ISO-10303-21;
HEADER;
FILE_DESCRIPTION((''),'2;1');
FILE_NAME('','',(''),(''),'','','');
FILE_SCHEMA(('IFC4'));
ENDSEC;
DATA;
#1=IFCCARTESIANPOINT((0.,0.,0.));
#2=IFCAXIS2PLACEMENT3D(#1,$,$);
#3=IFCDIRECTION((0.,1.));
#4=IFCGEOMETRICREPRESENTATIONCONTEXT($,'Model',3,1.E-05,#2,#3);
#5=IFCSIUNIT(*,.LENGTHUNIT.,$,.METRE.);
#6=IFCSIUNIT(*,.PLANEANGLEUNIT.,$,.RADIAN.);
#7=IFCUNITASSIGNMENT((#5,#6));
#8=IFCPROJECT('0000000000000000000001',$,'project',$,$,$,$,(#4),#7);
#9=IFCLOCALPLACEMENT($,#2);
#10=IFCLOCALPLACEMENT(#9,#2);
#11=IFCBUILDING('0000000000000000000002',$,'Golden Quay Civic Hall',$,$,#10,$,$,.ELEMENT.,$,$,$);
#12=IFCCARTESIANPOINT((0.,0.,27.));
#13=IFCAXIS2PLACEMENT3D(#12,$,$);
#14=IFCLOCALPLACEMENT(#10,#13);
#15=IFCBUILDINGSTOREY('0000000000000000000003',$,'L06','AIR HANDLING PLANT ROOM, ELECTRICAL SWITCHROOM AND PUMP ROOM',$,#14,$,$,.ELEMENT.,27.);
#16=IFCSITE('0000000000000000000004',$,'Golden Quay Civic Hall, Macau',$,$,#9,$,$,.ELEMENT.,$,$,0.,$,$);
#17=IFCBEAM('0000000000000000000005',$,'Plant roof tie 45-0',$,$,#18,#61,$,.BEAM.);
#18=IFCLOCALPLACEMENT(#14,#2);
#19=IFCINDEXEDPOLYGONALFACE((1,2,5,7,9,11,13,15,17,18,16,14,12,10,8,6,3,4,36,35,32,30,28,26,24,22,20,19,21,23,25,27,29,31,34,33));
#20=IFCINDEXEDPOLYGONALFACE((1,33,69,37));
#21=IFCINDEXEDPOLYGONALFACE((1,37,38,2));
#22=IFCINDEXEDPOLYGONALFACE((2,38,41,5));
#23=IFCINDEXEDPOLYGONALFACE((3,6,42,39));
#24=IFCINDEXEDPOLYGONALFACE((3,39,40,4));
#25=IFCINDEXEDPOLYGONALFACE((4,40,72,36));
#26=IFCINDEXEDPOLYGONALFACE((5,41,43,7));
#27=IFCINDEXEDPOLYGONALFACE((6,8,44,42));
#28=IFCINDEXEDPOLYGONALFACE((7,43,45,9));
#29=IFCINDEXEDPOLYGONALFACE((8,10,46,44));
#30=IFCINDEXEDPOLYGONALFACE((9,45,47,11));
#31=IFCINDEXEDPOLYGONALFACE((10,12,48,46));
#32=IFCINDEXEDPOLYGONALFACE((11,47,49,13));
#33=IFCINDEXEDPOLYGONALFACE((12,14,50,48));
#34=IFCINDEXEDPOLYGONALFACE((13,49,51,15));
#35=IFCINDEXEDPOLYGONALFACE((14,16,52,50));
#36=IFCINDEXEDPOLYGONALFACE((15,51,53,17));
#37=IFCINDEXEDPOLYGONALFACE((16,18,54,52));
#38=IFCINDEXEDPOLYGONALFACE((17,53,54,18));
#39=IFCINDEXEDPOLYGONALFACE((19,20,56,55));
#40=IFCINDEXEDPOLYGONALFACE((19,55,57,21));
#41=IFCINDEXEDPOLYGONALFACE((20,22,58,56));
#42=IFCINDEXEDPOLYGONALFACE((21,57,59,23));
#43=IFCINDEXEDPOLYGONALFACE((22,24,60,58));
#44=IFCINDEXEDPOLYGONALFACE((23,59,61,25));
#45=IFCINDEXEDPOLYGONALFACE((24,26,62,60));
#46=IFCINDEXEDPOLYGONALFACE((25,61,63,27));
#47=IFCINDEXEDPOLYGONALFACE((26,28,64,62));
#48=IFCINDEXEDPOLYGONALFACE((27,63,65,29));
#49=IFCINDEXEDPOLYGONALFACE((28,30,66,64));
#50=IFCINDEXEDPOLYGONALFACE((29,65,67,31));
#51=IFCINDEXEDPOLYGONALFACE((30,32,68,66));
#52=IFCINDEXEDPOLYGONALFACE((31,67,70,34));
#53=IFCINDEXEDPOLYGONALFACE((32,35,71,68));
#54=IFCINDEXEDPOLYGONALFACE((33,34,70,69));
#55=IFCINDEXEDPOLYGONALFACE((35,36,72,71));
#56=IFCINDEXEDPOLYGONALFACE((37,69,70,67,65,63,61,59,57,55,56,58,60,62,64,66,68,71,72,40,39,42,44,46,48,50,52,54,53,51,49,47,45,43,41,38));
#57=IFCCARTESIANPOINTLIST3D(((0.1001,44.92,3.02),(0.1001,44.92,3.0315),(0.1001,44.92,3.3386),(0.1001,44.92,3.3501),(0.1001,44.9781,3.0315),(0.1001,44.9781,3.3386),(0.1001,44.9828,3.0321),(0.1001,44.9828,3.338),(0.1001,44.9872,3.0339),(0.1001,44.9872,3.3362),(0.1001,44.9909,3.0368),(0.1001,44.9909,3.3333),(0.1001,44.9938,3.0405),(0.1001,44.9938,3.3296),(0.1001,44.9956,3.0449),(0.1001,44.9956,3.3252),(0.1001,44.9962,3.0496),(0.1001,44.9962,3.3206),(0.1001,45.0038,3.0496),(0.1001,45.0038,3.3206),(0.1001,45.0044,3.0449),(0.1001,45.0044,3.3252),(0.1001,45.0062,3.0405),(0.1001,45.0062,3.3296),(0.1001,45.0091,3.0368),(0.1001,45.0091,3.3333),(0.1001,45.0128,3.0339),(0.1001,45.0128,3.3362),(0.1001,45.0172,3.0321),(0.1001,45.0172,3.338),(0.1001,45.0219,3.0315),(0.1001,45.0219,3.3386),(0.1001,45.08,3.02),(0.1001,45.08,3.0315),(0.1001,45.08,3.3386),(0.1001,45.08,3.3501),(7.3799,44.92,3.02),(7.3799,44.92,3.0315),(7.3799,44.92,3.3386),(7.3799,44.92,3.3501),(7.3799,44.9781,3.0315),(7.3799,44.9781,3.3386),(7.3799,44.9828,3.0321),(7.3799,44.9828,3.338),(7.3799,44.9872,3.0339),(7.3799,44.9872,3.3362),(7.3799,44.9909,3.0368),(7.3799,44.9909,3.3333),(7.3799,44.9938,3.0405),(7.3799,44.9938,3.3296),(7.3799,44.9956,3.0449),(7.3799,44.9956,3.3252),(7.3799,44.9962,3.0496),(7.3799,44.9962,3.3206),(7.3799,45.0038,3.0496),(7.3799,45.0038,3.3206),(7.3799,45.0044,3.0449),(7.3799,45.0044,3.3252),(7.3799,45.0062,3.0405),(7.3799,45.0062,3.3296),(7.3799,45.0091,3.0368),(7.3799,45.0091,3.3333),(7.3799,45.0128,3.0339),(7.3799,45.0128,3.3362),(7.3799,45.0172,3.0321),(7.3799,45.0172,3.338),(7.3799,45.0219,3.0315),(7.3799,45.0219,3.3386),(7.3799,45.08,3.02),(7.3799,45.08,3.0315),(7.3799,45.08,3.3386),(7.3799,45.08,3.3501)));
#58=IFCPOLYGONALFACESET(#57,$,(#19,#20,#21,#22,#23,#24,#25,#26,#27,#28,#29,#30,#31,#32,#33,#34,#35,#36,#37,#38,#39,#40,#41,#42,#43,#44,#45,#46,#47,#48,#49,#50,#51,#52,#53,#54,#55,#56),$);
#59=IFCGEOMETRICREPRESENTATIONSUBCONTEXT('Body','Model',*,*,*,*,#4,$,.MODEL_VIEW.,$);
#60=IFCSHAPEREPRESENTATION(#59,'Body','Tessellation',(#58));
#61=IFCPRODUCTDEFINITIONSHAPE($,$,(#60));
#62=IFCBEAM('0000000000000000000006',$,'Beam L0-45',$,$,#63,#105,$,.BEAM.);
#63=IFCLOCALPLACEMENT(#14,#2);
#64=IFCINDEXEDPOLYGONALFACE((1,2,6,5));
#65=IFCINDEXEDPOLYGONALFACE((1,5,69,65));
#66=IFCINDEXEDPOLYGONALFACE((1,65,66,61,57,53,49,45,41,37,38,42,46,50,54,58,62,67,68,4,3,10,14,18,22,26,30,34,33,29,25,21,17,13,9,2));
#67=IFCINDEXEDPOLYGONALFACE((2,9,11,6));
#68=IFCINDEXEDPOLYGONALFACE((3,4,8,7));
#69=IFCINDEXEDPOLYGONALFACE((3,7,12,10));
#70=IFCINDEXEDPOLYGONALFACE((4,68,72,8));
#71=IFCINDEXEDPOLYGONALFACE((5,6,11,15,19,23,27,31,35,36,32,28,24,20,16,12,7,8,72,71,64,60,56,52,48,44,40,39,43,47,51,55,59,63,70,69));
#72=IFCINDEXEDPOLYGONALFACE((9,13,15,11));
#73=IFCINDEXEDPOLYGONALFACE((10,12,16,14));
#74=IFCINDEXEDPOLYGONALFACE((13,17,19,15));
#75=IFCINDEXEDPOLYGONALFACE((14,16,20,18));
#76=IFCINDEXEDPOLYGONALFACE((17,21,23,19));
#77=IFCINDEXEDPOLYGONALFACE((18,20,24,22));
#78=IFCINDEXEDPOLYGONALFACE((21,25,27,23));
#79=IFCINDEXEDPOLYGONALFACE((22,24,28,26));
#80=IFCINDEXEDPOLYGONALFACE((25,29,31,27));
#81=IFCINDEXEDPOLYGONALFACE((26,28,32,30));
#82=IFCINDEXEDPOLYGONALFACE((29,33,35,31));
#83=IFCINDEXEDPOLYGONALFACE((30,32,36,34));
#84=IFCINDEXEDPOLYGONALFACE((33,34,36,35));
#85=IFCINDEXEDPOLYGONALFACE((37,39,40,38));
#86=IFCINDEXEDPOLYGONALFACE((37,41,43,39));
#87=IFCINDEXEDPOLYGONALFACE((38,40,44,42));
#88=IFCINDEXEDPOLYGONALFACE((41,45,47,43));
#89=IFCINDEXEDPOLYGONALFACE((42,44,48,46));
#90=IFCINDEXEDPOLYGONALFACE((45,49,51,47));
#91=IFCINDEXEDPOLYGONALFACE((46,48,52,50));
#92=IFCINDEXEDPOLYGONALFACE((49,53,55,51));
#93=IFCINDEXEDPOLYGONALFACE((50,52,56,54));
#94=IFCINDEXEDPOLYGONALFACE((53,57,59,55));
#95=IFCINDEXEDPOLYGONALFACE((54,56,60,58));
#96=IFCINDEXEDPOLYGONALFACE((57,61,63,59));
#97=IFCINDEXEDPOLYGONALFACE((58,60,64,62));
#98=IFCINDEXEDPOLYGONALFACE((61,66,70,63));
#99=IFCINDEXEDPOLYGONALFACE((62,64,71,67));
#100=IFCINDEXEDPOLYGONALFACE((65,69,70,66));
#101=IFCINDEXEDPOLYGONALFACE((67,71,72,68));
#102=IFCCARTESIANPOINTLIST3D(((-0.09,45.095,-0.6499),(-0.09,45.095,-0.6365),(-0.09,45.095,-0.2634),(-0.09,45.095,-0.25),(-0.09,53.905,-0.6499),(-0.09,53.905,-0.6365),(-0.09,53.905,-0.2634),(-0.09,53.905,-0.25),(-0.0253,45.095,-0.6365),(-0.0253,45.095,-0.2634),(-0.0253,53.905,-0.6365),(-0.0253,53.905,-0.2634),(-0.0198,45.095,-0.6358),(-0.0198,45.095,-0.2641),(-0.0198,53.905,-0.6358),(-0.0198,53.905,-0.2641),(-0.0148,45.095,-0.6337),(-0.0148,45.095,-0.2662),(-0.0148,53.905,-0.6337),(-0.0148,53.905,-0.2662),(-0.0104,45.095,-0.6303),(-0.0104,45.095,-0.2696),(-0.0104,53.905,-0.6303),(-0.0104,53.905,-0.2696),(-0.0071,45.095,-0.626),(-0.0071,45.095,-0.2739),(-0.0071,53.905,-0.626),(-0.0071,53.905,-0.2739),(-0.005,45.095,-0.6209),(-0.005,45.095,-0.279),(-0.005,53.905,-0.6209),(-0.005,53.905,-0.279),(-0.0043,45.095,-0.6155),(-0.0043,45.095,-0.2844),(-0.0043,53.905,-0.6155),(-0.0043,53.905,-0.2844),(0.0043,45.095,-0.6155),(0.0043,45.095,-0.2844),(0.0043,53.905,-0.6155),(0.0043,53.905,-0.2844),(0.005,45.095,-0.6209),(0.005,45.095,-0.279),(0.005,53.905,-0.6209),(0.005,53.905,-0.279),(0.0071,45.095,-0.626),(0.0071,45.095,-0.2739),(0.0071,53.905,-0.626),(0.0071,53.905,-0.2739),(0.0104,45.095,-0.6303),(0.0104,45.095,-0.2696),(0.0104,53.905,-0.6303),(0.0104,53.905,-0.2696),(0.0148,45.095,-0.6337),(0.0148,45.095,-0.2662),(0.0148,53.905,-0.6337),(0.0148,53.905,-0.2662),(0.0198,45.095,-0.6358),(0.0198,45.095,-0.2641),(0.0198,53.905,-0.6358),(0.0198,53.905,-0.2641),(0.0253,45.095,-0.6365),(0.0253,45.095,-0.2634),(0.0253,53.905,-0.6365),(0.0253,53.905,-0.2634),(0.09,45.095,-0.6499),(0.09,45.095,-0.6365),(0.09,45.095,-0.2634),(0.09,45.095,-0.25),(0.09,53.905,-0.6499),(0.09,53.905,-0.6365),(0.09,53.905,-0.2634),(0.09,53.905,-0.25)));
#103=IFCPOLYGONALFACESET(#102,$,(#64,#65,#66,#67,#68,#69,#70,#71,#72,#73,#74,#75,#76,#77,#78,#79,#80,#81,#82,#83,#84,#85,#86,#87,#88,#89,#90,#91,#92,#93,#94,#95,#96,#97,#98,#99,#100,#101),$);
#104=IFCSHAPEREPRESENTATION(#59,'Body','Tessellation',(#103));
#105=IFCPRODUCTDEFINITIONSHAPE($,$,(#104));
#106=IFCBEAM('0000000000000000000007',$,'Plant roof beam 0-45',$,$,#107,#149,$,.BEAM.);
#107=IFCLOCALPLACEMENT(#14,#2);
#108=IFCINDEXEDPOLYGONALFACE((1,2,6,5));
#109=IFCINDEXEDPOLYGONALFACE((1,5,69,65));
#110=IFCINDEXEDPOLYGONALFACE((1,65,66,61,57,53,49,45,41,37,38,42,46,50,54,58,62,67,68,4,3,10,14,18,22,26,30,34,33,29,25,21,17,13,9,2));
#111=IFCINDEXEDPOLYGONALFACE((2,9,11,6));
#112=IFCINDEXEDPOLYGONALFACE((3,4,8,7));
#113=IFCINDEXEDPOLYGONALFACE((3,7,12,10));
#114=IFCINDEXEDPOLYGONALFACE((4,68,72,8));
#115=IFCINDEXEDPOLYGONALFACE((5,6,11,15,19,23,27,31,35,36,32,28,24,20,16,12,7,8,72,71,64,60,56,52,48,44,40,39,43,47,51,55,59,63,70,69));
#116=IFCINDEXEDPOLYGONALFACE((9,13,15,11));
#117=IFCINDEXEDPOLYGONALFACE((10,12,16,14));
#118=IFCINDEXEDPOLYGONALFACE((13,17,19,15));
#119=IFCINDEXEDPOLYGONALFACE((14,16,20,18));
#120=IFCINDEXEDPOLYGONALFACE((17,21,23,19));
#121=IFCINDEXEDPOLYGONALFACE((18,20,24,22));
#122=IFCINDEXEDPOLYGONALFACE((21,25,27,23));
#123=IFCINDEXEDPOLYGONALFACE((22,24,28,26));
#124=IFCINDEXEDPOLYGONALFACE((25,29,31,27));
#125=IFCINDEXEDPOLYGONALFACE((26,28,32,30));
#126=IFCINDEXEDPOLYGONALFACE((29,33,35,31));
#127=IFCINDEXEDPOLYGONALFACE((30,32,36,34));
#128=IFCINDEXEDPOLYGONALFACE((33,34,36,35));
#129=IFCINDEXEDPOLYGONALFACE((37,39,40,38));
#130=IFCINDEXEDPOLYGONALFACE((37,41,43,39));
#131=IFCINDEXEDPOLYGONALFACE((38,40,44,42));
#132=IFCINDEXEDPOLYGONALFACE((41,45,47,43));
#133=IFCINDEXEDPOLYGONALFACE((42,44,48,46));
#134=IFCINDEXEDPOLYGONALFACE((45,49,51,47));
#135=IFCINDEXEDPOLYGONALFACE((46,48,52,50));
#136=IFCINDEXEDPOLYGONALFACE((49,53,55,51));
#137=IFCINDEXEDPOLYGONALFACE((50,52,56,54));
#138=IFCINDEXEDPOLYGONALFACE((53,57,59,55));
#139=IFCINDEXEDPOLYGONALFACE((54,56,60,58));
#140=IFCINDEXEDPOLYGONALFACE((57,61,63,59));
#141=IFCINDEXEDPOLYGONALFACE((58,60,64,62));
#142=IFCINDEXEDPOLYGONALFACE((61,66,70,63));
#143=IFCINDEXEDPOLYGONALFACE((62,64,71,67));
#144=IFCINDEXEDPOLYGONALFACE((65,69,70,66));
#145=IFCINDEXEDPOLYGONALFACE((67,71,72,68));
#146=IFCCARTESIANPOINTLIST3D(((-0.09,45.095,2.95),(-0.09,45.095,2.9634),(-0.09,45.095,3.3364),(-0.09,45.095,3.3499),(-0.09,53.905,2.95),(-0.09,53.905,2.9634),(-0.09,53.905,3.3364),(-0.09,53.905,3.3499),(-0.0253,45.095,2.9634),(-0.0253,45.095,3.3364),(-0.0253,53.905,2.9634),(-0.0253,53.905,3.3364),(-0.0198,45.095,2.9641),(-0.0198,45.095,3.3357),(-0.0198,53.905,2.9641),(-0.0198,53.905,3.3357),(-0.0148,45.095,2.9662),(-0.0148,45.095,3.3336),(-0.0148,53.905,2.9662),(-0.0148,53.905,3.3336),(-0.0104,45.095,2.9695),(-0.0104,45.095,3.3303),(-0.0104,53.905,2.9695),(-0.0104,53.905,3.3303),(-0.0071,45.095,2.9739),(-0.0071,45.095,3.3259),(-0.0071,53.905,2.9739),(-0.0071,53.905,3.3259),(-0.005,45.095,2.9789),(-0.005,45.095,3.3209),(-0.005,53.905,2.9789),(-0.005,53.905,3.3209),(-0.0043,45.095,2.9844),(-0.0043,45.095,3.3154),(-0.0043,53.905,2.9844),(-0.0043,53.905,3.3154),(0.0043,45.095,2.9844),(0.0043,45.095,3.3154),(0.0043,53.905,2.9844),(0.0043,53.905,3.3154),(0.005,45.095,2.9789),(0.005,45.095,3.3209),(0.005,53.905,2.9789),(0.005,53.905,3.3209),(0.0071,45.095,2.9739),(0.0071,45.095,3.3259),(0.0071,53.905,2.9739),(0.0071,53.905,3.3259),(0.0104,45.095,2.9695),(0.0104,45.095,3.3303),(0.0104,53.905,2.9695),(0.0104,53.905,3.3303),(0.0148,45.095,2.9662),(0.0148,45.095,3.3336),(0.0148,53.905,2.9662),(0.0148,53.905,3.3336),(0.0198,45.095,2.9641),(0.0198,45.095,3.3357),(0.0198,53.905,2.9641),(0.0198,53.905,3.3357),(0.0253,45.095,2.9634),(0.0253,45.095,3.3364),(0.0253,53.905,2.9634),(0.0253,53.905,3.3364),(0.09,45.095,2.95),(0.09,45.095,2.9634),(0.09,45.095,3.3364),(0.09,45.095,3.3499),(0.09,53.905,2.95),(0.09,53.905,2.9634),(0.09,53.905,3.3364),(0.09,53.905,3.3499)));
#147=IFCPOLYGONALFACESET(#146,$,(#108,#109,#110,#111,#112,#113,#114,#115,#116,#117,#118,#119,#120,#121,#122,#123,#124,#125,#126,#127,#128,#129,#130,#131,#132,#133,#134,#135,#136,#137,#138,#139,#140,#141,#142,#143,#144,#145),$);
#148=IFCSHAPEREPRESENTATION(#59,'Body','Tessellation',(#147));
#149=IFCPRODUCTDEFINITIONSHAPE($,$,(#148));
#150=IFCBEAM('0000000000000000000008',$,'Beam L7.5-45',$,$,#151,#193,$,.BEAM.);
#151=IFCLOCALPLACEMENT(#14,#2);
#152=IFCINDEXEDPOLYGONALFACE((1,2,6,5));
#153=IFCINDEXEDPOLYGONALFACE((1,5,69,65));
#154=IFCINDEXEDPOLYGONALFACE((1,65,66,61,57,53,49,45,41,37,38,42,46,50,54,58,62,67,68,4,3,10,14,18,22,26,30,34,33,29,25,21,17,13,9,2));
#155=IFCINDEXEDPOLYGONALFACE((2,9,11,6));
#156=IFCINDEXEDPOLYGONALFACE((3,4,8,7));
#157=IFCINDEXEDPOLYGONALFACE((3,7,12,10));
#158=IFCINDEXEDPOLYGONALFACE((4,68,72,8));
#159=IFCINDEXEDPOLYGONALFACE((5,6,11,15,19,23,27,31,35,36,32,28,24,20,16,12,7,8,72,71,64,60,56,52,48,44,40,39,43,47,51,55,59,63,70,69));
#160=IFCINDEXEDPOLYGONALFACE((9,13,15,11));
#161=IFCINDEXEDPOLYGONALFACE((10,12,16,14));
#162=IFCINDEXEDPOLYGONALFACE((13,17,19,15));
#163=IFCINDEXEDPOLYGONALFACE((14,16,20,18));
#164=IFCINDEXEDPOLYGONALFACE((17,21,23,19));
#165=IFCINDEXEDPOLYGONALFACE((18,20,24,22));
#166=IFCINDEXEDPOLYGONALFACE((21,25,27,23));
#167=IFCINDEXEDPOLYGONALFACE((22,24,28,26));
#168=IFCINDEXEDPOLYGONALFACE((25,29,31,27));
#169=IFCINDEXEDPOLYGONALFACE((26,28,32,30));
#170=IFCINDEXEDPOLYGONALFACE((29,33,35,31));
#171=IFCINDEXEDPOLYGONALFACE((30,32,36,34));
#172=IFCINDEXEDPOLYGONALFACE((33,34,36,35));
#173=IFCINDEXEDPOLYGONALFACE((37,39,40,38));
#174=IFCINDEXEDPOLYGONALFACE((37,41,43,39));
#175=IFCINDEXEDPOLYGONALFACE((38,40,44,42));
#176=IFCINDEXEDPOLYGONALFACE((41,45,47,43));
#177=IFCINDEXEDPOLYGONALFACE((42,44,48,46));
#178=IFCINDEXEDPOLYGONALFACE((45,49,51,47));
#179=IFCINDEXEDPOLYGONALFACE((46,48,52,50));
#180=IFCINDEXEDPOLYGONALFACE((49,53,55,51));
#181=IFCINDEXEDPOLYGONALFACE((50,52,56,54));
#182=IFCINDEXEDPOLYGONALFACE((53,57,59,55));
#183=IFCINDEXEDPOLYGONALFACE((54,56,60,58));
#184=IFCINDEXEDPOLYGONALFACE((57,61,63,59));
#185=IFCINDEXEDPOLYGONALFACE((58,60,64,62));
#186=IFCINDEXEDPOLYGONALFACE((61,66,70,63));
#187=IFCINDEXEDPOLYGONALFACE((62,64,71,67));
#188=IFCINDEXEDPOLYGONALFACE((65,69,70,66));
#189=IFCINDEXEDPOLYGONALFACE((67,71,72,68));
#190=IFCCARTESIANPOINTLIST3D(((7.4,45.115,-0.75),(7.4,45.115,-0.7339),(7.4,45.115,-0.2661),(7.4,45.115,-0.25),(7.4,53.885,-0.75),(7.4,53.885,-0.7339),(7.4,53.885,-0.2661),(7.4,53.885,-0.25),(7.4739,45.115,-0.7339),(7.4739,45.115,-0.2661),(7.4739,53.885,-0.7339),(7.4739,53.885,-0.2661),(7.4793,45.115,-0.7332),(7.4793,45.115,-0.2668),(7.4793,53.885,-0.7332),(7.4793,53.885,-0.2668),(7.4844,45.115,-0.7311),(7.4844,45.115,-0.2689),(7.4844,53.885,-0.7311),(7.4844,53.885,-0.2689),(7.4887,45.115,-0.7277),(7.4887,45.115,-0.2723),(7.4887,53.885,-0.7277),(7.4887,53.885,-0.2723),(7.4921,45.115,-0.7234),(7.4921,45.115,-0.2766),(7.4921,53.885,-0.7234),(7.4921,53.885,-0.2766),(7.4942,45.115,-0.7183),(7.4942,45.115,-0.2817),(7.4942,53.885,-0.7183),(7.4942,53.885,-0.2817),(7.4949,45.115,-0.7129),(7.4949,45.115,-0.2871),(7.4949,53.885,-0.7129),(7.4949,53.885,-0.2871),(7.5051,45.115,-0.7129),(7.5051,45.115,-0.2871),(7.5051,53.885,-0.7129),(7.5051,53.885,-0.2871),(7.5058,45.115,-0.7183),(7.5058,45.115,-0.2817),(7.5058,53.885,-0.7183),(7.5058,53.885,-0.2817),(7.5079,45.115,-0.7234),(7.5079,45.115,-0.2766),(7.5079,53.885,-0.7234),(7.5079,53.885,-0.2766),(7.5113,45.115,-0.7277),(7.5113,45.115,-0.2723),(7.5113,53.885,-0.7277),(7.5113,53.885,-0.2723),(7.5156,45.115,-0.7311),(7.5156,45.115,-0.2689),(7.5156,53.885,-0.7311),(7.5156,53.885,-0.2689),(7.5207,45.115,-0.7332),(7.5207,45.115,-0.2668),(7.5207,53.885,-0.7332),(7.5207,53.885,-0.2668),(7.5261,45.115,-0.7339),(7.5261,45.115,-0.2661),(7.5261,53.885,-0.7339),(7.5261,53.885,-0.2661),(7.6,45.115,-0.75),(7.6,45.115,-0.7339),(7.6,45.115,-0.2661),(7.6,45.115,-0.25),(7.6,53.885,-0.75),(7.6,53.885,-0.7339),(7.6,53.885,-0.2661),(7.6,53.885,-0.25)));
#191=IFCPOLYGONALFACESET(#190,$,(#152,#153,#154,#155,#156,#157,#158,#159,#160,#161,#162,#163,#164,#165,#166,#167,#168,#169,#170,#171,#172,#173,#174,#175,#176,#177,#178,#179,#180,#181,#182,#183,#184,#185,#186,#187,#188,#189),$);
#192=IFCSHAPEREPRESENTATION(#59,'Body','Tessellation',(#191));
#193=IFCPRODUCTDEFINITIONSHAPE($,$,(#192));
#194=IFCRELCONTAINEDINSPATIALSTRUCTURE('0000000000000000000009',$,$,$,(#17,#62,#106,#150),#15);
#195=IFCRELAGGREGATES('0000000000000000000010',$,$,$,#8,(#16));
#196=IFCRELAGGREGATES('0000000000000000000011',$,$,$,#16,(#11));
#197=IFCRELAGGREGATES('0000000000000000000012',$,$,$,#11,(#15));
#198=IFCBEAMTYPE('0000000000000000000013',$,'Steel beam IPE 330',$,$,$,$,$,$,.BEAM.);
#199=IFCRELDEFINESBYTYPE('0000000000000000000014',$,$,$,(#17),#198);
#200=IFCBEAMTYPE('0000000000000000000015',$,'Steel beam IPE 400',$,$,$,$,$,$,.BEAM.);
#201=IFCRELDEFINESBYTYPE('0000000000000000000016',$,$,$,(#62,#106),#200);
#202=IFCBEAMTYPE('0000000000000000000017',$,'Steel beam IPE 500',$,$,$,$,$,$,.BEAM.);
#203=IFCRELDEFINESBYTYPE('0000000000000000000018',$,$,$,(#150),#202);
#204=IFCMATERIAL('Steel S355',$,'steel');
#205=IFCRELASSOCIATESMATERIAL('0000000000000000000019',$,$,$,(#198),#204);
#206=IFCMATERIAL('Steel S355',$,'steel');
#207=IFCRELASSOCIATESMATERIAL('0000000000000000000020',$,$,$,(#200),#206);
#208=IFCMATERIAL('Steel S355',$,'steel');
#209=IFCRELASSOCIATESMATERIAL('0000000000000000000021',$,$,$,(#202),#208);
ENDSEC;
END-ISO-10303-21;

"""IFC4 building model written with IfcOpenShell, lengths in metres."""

from ifc_helpers import new_model, si_unit, direction, frame, origin, origin_2d, place, context, subcontext, project, spatial, i_section, extrude, material, material_profile, profile_set, type_object, element, save


model = new_model("IFC4")

# Units and contexts
model_context = context("Model", 3, precision=1e-05, world=origin(), true_north=direction((0.0, 1.0)))
body_context = subcontext(model_context, "Body", "Model", "MODEL_VIEW")
ifc_project = project(units=[si_unit("LENGTHUNIT", "METRE"), si_unit("PLANEANGLEUNIT", "RADIAN")], contexts=[model_context])

# Site, building, storey
site_placement = place(None, origin())
site = spatial("IfcSite", under=ifc_project, at=site_placement, Name="Golden Quay Civic Hall, Macau", CompositionType="ELEMENT", RefElevation=0.0)
building_placement = place(site_placement, origin())
building = spatial("IfcBuilding", under=site, at=building_placement, Name="Golden Quay Civic Hall", CompositionType="ELEMENT")
storey_placement = place(building_placement, frame((0.0, 0.0, 27.0)))
storey = spatial("IfcBuildingStorey", under=building, at=storey_placement, Name="L06", Description="AIR HANDLING PLANT ROOM, ELECTRICAL SWITCHROOM AND PUMP ROOM", CompositionType="ELEMENT", Elevation=27.0)

# Beams
ifc_material_1 = material(Name="Steel S355", Category="steel")
ifc_material_profile_1 = material_profile(ifc_material_1, i_section(OverallWidth=0.1599, OverallDepth=0.3301, WebThickness=0.0076, FlangeThickness=0.0115, FilletRadius=0.0181, at=origin_2d()), Name="IPE 330")
ifc_profile_set_1 = profile_set([ifc_material_profile_1], Name="Steel S355")
beam_type_1 = type_object("IfcBeamType", Name="Steel beam IPE 330", PredefinedType="BEAM", material=ifc_profile_set_1)
for number, where, z_axis, x_axis, name in (
    (1, (0.1001, 45.0, 3.1851), (1.0, 0.0, 0.0), (0.0, 1.0, 0.0), "Plant roof tie 45-0"),
):
    element("IfcBeam", number, at=place(storey_placement, frame(where, z_axis=z_axis, x_axis=x_axis)), inside=storey, type_object=beam_type_1, Name=name, PredefinedType="BEAM", context=body_context, shape_type="SweptSolid", body=[
        extrude(i_section(OverallWidth=0.1599, OverallDepth=0.3301, WebThickness=0.0076, FlangeThickness=0.0115, FilletRadius=0.0181, at=origin_2d()), origin(), (0.0, 0.0, 1.0), 7.2798),
    ])
ifc_material_2 = material(Name="Steel S355", Category="steel")
ifc_material_profile_2 = material_profile(ifc_material_2, i_section(OverallWidth=0.1799, OverallDepth=0.3999, WebThickness=0.0085, FlangeThickness=0.0134, FilletRadius=0.021, at=origin_2d()), Name="IPE 400")
ifc_profile_set_2 = profile_set([ifc_material_profile_2], Name="Steel S355")
beam_type_2 = type_object("IfcBeamType", Name="Steel beam IPE 400", PredefinedType="BEAM", material=ifc_profile_set_2)
for number, where, z_axis, x_axis, name in (
    (2, (0.0, 45.095, -0.45), (0.0, 1.0, 0.0), (-1.0, 0.0, 0.0), "Beam L0-45"),
    (3, (0.0, 45.095, 3.1499), (0.0, 1.0, 0.0), (-1.0, 0.0, 0.0), "Plant roof beam 0-45"),
):
    element("IfcBeam", number, at=place(storey_placement, frame(where, z_axis=z_axis, x_axis=x_axis)), inside=storey, type_object=beam_type_2, Name=name, PredefinedType="BEAM", context=body_context, shape_type="SweptSolid", body=[
        extrude(i_section(OverallWidth=0.1799, OverallDepth=0.3999, WebThickness=0.0085, FlangeThickness=0.0134, FilletRadius=0.021, at=origin_2d()), origin(), (0.0, 0.0, 1.0), 8.8101),
    ])
ifc_material_3 = material(Name="Steel S355", Category="steel")
ifc_material_profile_3 = material_profile(ifc_material_3, i_section(OverallWidth=0.2, OverallDepth=0.5, WebThickness=0.0103, FlangeThickness=0.0161, FilletRadius=0.021, at=origin_2d()), Name="IPE 500")
ifc_profile_set_3 = profile_set([ifc_material_profile_3], Name="Steel S355")
beam_type_3 = type_object("IfcBeamType", Name="Steel beam IPE 500", PredefinedType="BEAM", material=ifc_profile_set_3)
for number, where, z_axis, x_axis, name in (
    (4, (7.5, 45.115, -0.5), (0.0, 1.0, 0.0), (-1.0, 0.0, 0.0), "Beam L7.5-45"),
):
    element("IfcBeam", number, at=place(storey_placement, frame(where, z_axis=z_axis, x_axis=x_axis)), inside=storey, type_object=beam_type_3, Name=name, PredefinedType="BEAM", context=body_context, shape_type="SweptSolid", body=[
        extrude(i_section(OverallWidth=0.2, OverallDepth=0.5, WebThickness=0.0103, FlangeThickness=0.0161, FilletRadius=0.021, at=origin_2d()), origin(), (0.0, 0.0, 1.0), 8.77),
    ])

save(model, "model.ifc")
